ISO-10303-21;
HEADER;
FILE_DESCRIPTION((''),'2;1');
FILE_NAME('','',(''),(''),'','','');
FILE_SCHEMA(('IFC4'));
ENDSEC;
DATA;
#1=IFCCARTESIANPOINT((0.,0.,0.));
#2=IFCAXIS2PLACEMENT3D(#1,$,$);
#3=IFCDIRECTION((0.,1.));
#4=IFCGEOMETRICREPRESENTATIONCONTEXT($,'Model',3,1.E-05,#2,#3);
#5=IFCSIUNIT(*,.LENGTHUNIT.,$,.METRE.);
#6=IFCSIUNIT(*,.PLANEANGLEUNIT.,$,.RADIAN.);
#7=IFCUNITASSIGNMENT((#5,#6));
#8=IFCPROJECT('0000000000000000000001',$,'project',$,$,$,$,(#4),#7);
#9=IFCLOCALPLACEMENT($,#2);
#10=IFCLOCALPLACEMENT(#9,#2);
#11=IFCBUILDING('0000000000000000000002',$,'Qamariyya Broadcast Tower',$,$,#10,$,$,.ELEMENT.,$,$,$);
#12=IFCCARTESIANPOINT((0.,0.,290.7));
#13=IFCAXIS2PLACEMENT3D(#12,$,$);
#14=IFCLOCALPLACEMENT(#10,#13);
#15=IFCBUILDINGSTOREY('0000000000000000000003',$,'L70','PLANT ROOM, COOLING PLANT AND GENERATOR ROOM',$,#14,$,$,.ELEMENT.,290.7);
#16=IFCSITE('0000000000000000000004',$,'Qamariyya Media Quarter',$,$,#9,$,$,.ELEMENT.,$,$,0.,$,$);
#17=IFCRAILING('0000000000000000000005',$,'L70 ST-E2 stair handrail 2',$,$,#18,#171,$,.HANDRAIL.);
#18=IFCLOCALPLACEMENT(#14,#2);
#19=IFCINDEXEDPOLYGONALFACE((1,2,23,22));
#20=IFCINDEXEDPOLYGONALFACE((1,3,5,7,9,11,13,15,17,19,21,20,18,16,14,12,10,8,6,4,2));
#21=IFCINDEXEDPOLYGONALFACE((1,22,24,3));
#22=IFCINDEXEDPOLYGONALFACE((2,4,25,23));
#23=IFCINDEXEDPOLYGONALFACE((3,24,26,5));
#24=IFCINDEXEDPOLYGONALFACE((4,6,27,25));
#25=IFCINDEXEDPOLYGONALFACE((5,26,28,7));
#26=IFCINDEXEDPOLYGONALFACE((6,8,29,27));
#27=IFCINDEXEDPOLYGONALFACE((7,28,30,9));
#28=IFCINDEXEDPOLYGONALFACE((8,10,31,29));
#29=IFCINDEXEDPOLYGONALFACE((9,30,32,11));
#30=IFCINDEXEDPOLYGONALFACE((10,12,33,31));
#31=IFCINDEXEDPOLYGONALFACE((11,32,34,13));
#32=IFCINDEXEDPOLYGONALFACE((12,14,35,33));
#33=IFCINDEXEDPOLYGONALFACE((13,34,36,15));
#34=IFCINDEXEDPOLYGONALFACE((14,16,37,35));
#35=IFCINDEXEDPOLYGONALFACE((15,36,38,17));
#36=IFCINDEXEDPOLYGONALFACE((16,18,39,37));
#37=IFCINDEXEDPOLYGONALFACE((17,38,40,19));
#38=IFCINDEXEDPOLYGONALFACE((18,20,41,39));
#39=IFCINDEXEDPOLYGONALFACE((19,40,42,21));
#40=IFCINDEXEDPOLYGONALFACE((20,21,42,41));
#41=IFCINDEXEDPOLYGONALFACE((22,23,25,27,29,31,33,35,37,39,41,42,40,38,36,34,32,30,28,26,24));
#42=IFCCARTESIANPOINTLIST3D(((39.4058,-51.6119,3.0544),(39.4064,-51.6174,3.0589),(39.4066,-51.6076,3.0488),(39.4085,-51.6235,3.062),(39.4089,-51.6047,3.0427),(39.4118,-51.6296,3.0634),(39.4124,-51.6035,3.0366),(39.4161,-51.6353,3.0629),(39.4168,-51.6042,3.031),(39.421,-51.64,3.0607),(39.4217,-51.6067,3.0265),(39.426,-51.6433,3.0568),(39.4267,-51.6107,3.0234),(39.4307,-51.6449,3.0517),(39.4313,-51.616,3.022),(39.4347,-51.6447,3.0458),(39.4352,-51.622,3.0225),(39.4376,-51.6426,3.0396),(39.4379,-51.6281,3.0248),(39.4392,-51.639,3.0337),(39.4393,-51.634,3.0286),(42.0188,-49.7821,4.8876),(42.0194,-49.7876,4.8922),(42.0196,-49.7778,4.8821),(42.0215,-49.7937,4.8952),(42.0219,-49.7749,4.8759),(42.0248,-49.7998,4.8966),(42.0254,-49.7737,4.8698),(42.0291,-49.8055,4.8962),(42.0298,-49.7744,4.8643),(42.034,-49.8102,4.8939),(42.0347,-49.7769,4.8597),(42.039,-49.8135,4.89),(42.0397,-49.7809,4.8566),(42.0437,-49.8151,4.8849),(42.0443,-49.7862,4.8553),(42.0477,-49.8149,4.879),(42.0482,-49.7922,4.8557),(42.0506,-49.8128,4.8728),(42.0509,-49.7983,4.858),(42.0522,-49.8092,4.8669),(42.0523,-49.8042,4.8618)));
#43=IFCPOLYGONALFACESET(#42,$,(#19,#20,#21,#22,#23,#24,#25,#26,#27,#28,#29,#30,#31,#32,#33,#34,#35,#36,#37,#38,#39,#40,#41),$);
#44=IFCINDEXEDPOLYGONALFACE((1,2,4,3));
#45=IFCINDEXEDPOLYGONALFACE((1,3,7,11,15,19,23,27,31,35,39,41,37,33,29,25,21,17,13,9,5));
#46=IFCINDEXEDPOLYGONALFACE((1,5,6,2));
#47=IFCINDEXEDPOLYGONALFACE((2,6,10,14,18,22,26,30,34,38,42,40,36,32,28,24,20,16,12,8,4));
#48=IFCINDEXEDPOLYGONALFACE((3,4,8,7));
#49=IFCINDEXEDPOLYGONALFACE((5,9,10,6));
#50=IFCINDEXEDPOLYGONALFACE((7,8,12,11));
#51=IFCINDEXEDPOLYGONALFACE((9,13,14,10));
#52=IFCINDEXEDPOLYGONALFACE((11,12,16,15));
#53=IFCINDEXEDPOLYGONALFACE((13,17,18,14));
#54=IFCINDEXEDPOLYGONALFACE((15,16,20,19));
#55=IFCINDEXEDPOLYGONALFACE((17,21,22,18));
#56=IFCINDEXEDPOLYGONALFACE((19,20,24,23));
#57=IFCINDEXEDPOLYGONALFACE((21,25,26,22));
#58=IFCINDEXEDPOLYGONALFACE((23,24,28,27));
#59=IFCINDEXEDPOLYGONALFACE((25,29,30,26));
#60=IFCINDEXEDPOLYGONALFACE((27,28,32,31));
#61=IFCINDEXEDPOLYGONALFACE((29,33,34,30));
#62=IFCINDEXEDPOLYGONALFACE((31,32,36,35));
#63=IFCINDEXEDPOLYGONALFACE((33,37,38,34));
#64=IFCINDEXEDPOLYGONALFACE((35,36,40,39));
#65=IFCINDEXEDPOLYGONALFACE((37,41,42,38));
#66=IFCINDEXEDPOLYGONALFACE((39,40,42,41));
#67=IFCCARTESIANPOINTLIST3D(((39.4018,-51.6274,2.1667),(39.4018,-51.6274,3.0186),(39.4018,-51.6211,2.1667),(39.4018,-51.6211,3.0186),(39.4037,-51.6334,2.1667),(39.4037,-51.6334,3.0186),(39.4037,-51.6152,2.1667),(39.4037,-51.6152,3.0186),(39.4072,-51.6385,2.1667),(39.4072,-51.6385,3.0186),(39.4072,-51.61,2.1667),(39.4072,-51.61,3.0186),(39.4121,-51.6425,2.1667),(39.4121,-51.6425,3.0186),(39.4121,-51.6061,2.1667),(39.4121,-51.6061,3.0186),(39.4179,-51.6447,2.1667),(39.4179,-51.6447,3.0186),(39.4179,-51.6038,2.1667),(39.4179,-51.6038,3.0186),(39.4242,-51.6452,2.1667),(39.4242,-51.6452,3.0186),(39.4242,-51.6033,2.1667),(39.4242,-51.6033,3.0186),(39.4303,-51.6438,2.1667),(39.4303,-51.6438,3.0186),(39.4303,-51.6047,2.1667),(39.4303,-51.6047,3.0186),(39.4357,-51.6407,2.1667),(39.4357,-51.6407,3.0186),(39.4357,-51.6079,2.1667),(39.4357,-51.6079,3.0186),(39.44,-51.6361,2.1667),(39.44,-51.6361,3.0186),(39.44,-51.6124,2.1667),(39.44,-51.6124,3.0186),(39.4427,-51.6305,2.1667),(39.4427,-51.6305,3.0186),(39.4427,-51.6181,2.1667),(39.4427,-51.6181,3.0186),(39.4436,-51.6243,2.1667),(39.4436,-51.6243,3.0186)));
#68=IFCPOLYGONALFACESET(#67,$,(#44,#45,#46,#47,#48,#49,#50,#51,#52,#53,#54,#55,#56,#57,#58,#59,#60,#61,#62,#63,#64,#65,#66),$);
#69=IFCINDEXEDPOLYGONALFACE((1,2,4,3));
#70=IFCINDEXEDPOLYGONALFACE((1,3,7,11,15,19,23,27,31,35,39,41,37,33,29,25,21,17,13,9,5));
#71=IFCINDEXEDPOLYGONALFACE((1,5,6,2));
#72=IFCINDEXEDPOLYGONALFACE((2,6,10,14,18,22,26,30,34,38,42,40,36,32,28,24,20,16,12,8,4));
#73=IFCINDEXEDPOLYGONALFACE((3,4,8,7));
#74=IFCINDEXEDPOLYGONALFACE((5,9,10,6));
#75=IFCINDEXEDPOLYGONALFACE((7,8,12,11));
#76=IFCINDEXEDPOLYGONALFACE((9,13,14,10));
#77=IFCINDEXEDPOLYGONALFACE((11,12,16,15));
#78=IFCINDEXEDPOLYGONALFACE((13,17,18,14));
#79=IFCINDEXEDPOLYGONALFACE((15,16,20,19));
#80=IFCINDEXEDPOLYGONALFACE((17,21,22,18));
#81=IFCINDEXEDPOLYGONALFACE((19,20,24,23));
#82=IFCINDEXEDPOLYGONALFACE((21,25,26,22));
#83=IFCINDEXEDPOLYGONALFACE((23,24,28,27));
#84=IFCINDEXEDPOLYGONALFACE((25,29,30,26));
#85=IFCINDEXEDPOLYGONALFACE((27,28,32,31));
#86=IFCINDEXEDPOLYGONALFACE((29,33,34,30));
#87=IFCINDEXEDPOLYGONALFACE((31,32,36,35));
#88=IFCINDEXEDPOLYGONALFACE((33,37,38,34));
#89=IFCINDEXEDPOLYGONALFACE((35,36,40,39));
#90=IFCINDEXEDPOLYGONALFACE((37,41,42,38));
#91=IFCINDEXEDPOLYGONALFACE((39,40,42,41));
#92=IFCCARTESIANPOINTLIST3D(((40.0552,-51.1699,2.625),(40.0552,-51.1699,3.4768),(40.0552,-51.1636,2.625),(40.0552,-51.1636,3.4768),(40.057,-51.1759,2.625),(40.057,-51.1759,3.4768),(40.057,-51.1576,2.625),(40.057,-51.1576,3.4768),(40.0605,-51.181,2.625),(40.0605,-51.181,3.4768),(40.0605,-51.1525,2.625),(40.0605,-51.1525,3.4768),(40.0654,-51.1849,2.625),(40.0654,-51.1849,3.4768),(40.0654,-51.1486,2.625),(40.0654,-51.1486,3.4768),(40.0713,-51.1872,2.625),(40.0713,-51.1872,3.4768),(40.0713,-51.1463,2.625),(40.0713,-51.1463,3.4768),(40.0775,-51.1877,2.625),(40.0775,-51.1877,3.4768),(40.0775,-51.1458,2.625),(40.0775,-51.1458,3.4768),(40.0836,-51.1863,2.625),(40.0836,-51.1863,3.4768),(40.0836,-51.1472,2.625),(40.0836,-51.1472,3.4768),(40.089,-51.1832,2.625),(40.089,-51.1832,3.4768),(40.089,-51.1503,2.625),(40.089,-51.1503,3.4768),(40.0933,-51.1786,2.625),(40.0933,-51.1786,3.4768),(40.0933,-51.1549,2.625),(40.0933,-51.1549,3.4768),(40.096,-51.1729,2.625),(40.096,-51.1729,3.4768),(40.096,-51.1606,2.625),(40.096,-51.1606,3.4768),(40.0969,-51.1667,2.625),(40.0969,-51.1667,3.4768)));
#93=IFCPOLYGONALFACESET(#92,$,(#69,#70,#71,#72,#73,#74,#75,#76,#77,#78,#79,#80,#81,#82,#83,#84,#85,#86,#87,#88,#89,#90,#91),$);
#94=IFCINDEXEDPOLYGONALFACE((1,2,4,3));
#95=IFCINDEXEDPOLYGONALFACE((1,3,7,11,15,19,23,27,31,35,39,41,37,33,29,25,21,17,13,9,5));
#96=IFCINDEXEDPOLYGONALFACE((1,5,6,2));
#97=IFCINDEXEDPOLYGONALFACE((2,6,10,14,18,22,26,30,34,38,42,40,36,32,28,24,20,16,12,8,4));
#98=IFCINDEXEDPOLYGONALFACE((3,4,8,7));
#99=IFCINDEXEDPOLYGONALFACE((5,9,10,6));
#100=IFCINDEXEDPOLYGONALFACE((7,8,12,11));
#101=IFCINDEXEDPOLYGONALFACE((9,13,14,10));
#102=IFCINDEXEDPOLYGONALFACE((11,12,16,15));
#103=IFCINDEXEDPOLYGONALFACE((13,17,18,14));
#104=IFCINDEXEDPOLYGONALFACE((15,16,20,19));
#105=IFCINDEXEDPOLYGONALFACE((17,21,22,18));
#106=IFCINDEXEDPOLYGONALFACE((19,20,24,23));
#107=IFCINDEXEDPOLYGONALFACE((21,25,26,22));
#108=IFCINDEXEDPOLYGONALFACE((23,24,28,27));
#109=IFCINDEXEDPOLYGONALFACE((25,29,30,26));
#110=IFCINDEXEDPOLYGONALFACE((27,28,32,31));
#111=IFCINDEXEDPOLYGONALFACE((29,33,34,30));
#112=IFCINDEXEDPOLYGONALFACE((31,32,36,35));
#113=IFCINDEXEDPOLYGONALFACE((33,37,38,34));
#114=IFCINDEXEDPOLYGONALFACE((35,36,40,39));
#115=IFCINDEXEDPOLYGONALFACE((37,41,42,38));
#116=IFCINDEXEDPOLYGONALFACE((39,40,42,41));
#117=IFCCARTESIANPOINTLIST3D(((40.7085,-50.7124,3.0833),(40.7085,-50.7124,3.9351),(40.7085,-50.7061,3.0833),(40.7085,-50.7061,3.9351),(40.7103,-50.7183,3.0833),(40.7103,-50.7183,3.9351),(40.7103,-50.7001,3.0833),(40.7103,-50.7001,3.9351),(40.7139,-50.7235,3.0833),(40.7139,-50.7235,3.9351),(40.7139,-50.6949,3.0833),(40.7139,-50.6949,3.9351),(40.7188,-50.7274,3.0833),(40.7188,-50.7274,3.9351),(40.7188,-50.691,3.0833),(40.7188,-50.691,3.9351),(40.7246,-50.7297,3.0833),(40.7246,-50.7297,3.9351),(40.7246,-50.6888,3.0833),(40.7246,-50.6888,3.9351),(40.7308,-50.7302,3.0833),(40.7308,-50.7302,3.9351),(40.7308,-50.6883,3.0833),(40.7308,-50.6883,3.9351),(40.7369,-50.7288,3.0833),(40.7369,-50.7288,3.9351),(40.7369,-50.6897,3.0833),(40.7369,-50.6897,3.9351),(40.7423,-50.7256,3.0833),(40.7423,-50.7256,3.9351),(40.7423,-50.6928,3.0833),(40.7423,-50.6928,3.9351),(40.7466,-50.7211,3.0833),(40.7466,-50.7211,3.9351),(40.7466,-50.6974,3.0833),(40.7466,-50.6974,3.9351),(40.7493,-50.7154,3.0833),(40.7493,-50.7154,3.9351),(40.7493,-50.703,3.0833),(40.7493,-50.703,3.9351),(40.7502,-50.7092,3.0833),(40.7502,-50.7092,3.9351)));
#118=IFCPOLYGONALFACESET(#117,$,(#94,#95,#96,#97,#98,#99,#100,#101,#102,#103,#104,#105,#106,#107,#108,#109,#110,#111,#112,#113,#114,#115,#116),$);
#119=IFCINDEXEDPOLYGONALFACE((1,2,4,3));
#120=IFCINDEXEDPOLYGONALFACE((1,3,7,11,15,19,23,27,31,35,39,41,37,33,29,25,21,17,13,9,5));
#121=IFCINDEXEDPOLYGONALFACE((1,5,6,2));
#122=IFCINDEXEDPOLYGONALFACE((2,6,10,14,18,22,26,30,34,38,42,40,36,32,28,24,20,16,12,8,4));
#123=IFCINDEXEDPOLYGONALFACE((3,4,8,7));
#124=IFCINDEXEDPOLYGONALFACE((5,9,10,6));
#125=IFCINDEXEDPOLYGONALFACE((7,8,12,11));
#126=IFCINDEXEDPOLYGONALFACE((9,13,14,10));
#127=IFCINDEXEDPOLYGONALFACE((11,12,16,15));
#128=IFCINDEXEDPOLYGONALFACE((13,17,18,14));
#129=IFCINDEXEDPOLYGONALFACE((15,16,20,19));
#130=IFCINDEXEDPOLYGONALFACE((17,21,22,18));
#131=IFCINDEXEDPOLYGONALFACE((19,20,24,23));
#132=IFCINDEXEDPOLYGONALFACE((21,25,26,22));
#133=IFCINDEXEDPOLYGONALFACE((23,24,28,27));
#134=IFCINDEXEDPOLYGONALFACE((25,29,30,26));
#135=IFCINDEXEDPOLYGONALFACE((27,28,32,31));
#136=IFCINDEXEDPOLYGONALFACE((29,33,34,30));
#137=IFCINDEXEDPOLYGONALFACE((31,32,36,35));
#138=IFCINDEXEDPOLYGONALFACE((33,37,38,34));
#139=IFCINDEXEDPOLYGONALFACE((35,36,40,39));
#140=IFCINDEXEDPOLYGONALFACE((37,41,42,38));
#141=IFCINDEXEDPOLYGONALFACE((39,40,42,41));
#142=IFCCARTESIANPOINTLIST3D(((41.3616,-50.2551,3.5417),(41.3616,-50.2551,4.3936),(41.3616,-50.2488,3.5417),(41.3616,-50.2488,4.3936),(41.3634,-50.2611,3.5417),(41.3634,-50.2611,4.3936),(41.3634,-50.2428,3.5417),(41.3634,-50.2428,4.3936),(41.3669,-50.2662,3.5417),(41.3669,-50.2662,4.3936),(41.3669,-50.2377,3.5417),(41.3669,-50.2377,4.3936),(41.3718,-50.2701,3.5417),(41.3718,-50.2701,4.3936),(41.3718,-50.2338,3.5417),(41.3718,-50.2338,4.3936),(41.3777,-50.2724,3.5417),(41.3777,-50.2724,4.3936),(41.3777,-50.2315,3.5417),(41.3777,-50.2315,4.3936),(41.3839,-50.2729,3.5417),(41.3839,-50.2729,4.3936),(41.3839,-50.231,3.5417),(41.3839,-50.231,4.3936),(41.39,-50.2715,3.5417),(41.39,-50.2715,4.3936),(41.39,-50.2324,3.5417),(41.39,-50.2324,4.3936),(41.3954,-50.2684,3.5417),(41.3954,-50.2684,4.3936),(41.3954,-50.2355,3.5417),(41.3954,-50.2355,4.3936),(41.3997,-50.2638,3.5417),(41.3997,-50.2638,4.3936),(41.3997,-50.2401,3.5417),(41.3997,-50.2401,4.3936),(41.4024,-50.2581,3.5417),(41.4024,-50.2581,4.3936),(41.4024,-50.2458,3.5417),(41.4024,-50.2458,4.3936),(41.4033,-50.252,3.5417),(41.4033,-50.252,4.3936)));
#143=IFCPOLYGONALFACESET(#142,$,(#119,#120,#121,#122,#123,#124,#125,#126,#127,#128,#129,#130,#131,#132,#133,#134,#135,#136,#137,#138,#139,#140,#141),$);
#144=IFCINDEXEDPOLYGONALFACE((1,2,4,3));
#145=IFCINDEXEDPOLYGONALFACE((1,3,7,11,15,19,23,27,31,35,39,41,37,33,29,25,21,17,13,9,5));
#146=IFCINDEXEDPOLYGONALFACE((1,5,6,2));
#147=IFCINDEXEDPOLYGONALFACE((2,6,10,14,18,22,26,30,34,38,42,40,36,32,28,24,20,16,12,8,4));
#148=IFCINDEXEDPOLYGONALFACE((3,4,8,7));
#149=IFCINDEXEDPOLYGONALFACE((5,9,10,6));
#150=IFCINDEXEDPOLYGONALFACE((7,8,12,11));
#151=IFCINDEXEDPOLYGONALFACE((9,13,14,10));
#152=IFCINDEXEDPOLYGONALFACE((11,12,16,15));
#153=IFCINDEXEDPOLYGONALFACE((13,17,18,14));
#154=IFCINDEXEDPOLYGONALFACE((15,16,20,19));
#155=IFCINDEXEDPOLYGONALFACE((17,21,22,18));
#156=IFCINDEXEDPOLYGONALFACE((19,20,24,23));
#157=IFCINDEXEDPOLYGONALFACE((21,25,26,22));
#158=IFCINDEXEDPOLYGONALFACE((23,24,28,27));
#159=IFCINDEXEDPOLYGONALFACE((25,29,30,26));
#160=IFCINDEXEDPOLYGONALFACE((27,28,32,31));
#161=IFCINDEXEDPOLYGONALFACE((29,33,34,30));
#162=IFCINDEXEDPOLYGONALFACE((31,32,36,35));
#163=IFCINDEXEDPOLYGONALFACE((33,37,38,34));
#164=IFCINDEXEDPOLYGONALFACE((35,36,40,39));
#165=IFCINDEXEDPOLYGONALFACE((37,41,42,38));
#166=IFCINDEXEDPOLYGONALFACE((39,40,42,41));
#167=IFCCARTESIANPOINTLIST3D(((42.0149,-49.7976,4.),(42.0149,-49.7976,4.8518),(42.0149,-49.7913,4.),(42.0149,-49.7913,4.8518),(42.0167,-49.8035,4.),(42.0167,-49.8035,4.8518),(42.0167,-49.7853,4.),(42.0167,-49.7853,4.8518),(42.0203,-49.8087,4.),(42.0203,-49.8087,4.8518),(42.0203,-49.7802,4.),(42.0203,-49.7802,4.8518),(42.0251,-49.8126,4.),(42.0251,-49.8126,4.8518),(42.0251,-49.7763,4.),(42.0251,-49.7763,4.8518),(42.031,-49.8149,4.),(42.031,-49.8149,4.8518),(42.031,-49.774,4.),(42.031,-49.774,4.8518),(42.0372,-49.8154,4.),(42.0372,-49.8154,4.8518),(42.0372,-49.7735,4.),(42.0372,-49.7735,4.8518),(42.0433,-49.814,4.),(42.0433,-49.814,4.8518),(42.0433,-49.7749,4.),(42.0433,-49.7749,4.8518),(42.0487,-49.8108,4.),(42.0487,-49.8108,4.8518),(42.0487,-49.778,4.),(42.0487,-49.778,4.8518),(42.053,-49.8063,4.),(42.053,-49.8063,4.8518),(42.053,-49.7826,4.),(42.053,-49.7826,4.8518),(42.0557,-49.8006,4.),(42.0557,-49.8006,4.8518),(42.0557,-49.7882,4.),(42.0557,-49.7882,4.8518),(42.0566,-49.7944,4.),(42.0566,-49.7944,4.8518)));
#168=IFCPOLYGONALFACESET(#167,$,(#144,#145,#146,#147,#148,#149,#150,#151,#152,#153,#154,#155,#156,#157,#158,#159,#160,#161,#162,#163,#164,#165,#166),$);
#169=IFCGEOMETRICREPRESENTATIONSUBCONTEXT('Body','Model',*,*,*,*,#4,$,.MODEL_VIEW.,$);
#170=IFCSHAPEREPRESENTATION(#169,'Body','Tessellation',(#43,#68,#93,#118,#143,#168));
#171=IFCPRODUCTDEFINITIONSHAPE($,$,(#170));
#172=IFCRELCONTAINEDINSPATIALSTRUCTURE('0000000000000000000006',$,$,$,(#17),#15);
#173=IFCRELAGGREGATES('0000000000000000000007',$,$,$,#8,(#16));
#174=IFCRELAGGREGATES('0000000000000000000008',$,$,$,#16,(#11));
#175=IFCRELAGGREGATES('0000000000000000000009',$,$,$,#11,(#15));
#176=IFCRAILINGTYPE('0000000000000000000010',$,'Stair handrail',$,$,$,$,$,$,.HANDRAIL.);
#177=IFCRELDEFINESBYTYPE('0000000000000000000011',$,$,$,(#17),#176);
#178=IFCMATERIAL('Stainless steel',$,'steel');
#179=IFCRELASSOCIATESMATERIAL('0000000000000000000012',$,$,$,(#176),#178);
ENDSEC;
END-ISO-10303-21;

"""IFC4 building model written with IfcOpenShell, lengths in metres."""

from ifc_helpers import new_model, si_unit, direction, frame, origin, origin_2d, place, context, subcontext, project, spatial, circle, extrude, material, type_object, element, save


model = new_model("IFC4")

# Units and contexts
model_context = context("Model", 3, precision=1e-05, world=origin(), true_north=direction((0.0, 1.0)))
body_context = subcontext(model_context, "Body", "Model", "MODEL_VIEW")
ifc_project = project(units=[si_unit("LENGTHUNIT", "METRE"), si_unit("PLANEANGLEUNIT", "RADIAN")], contexts=[model_context])

# Site, building, storey
site_placement = place(None, origin())
site = spatial("IfcSite", under=ifc_project, at=site_placement, Name="Qamariyya Media Quarter", CompositionType="ELEMENT", RefElevation=0.0)
building_placement = place(site_placement, origin())
building = spatial("IfcBuilding", under=site, at=building_placement, Name="Qamariyya Broadcast Tower", CompositionType="ELEMENT")
storey_placement = place(building_placement, frame((0.0, 0.0, 290.7)))
storey = spatial("IfcBuildingStorey", under=building, at=storey_placement, Name="L70", Description="PLANT ROOM, COOLING PLANT AND GENERATOR ROOM", CompositionType="ELEMENT", Elevation=290.7)

# Railing
ifc_material_1 = material(Name="Stainless steel", Category="steel")
railing_type_1 = type_object("IfcRailingType", Name="Stair handrail", PredefinedType="HANDRAIL", material=ifc_material_1)
railing_1_placement = place(storey_placement, frame((39.4226, -51.6243, 2.1667)))
element("IfcRailing", 1, at=railing_1_placement, inside=storey, type_object=railing_type_1, Name="L70 ST-E2 stair handrail 2", PredefinedType="HANDRAIL", context=body_context, shape_type="SweptSolid", body=[
    extrude(circle(Radius=0.0239, at=origin_2d()), frame((0.0, 0.0, 0.876), z_axis=(0.710204, 0.497335, 0.498264), x_axis=(-0.573611, 0.819128, 0.0)), (0.0, 0.0, 1.0), 3.6792),
    extrude(circle(Radius=0.021, at=origin_2d()), origin(), (0.0, 0.0, 1.0), 0.8518),
    extrude(circle(Radius=0.021, at=origin_2d()), frame((0.6533, 0.4575, 0.4583)), (0.0, 0.0, 1.0), 0.8518),
    extrude(circle(Radius=0.021, at=origin_2d()), frame((1.3066, 0.915, 0.9165)), (0.0, 0.0, 1.0), 0.8518),
    extrude(circle(Radius=0.021, at=origin_2d()), frame((1.9597, 1.3723, 1.375)), (0.0, 0.0, 1.0), 0.8518),
    extrude(circle(Radius=0.021, at=origin_2d()), frame((2.613, 1.8298, 1.8333)), (0.0, 0.0, 1.0), 0.8518),
])

save(model, "model.ifc")
